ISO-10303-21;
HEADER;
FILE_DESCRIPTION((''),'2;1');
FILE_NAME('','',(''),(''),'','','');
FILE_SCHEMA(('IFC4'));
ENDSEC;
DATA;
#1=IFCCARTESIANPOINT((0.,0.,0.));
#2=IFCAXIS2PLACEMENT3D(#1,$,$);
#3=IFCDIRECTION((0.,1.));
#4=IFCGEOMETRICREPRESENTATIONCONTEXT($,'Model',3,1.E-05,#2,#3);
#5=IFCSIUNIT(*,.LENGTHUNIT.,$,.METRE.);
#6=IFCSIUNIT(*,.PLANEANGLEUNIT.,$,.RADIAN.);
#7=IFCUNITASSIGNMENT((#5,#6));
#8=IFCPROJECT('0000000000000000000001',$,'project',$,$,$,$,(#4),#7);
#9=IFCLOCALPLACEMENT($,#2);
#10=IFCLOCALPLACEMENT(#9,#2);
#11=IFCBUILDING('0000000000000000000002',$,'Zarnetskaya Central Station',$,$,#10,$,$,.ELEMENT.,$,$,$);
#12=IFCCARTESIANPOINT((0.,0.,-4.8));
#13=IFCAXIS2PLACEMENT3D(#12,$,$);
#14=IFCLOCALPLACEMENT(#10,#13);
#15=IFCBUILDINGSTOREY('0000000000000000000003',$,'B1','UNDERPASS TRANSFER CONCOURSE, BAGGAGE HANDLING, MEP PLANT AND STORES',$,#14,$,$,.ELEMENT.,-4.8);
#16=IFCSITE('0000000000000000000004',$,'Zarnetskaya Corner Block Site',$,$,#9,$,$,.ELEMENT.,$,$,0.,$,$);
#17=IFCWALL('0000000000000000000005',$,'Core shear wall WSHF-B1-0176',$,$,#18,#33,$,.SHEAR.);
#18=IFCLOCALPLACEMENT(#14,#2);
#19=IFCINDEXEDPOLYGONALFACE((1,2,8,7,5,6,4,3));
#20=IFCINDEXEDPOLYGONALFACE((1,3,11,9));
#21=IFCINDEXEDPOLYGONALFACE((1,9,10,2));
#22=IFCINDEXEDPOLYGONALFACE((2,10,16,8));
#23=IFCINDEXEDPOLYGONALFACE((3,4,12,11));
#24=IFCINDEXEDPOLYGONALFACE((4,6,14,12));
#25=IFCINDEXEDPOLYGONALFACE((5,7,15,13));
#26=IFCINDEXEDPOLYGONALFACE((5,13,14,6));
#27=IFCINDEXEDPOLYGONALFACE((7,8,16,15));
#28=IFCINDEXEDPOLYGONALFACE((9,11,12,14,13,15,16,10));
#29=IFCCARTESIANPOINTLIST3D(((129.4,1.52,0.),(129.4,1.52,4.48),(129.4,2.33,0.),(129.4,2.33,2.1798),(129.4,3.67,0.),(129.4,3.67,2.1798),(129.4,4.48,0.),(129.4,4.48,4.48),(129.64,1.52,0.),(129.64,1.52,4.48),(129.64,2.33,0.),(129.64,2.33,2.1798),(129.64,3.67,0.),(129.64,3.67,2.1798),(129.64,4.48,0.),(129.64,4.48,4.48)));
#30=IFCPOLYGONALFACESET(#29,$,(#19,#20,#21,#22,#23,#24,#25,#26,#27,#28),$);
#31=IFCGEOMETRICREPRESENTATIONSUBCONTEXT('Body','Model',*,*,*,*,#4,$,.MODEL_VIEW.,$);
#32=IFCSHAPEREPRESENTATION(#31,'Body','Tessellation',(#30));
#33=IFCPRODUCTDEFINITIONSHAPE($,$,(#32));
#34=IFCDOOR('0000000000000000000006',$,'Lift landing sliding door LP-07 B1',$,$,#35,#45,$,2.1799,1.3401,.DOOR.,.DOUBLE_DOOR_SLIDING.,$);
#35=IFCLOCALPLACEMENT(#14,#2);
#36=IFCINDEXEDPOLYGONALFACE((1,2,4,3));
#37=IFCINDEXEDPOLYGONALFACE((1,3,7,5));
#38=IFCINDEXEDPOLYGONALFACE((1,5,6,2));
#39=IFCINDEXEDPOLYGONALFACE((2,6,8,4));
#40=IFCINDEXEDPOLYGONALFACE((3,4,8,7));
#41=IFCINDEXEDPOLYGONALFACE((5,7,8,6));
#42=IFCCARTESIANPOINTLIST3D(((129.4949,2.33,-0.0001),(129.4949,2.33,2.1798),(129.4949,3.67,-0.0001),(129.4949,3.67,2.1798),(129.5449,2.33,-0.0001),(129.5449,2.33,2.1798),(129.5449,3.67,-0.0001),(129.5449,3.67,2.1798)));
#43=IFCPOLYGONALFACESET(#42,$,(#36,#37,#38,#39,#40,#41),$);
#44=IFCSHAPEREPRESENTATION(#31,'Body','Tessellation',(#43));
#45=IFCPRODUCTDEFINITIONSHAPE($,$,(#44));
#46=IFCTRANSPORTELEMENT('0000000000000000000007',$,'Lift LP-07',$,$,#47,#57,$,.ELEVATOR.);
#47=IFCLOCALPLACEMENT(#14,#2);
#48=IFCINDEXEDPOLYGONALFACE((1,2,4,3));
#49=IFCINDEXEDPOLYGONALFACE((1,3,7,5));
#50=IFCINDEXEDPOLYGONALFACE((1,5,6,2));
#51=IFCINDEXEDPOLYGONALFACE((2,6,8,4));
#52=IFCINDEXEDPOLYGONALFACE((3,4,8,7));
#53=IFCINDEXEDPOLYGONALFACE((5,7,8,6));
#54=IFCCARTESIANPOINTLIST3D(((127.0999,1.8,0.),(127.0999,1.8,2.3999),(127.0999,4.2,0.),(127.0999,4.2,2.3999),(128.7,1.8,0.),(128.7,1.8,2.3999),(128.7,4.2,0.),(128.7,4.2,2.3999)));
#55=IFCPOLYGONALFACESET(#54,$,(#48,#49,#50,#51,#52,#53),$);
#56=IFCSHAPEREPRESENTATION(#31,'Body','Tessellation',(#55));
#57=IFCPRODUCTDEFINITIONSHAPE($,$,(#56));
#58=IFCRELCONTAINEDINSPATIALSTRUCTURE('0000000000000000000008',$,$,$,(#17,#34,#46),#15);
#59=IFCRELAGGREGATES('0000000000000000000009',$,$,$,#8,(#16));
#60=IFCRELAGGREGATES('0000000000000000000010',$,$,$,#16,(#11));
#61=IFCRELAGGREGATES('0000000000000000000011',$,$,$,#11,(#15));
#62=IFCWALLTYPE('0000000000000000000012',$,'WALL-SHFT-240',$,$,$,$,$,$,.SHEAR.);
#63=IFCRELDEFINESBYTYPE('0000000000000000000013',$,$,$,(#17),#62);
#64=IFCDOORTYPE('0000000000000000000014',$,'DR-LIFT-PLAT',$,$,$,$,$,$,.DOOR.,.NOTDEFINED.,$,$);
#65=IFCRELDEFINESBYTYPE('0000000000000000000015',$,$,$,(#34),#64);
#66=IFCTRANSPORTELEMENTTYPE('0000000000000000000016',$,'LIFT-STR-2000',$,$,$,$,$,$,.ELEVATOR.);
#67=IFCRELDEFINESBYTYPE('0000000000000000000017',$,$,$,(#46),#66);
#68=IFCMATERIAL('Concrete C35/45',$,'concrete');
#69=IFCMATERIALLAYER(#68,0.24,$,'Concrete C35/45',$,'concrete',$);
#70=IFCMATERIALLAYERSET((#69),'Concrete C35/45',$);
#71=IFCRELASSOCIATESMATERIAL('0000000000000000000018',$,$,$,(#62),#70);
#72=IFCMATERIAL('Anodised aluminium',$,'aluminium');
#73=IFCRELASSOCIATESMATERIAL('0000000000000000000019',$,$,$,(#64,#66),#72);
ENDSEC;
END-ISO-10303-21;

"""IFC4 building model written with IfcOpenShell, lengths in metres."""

from ifc_helpers import new_model, si_unit, direction, frame, frame_2d, origin, origin_2d, place, context, subcontext, project, spatial, rectangle, extrude, material, layer, layer_set, type_object, element, fill, save


model = new_model("IFC4")

# Units and contexts
model_context = context("Model", 3, precision=1e-05, world=origin(), true_north=direction((0.0, 1.0)))
body_context = subcontext(model_context, "Body", "Model", "MODEL_VIEW")
ifc_project = project(units=[si_unit("LENGTHUNIT", "METRE"), si_unit("PLANEANGLEUNIT", "RADIAN")], contexts=[model_context])

# Site, building, storey
site_placement = place(None, origin())
site = spatial("IfcSite", under=ifc_project, at=site_placement, Name="Zarnetskaya Corner Block Site", CompositionType="ELEMENT", RefElevation=0.0)
building_placement = place(site_placement, origin())
building = spatial("IfcBuilding", under=site, at=building_placement, Name="Zarnetskaya Central Station", CompositionType="ELEMENT")
storey_placement = place(building_placement, frame((0.0, 0.0, -4.8)))
storey = spatial("IfcBuildingStorey", under=building, at=storey_placement, Name="B1", Description="UNDERPASS TRANSFER CONCOURSE, BAGGAGE HANDLING, MEP PLANT AND STORES", CompositionType="ELEMENT", Elevation=-4.8)

# Shared definitions
ifc_material_1 = material(Name="Concrete C35/45", Category="concrete")

# Shared definitions
ifc_layer = layer(ifc_material_1, 0.24, Name="Concrete C35/45", Category="concrete")
ifc_layer_set = layer_set([ifc_layer], Name="Concrete C35/45")
wall_type = type_object("IfcWallType", Name="WALL-SHFT-240", PredefinedType="SHEAR", material=ifc_layer_set)

# Wall, opening, door
wall_1_placement = place(storey_placement, frame((129.52, 4.48, 0.0), z_axis=(0.0, 0.0, 1.0), x_axis=(0.0, -1.0, 0.0)))
wall_1 = element("IfcWall", 1, at=wall_1_placement, inside=storey, type_object=wall_type, Name="Core shear wall WSHF-B1-0176", PredefinedType="SHEAR", context=body_context, shape_type="SweptSolid", body=[
    extrude(rectangle(XDim=2.96, YDim=0.24, at=frame_2d((1.48, 0.0))), origin(), (0.0, 0.0, 1.0), 4.48),
])
opening_placement = place(wall_1_placement, frame((0.8101, 0.0, 0.0)))
opening = element("IfcOpeningElement", 2, at=opening_placement, cuts=wall_1, PredefinedType="OPENING", context=body_context, shape_type="SweptSolid", body=[
    extrude(rectangle(XDim=1.3401, YDim=2.1799, at=frame_2d((0.6699, 1.0898))), frame((0.0, 0.1299, 0.0), z_axis=(0.0, -1.0, 0.0), x_axis=(1.0, 0.0, 0.0)), (0.0, 0.0, 1.0), 0.26),
])
ifc_material_2 = material(Name="Anodised aluminium", Category="aluminium")
door_type = type_object("IfcDoorType", Name="DR-LIFT-PLAT", OperationType="NOTDEFINED", PredefinedType="DOOR", material=ifc_material_2)
door_placement = place(opening_placement, origin())
door = element("IfcDoor", 3, at=door_placement, inside=storey, type_object=door_type, Name="Lift landing sliding door LP-07 B1", OperationType="DOUBLE_DOOR_SLIDING", OverallHeight=2.1799, OverallWidth=1.3401, PredefinedType="DOOR", context=body_context, shape_type="SweptSolid", body=[
    extrude(rectangle(XDim=1.3401, YDim=2.1799, at=frame_2d((0.6699, 1.0898))), frame((0.0, 0.0249, 0.0), z_axis=(0.0, -1.0, 0.0), x_axis=(1.0, 0.0, 0.0)), (0.0, 0.0, 1.0), 0.05),
])
fill(opening, door)

# Transport element
transport_element_type = type_object("IfcTransportElementType", Name="LIFT-STR-2000", PredefinedType="ELEVATOR", material=ifc_material_2)
transport_element_placement = place(storey_placement, frame((127.8999, 3.0, 0.0), z_axis=(0.0, 0.0, 1.0), x_axis=(1.0, 0.0, 0.0)))
element("IfcTransportElement", 4, at=transport_element_placement, inside=storey, type_object=transport_element_type, Name="Lift LP-07", PredefinedType="ELEVATOR", context=body_context, shape_type="SweptSolid", body=[
    extrude(rectangle(XDim=1.6001, YDim=2.3999, at=origin_2d()), origin(), (0.0, 0.0, 1.0), 2.3999),
])

save(model, "model.ifc")
